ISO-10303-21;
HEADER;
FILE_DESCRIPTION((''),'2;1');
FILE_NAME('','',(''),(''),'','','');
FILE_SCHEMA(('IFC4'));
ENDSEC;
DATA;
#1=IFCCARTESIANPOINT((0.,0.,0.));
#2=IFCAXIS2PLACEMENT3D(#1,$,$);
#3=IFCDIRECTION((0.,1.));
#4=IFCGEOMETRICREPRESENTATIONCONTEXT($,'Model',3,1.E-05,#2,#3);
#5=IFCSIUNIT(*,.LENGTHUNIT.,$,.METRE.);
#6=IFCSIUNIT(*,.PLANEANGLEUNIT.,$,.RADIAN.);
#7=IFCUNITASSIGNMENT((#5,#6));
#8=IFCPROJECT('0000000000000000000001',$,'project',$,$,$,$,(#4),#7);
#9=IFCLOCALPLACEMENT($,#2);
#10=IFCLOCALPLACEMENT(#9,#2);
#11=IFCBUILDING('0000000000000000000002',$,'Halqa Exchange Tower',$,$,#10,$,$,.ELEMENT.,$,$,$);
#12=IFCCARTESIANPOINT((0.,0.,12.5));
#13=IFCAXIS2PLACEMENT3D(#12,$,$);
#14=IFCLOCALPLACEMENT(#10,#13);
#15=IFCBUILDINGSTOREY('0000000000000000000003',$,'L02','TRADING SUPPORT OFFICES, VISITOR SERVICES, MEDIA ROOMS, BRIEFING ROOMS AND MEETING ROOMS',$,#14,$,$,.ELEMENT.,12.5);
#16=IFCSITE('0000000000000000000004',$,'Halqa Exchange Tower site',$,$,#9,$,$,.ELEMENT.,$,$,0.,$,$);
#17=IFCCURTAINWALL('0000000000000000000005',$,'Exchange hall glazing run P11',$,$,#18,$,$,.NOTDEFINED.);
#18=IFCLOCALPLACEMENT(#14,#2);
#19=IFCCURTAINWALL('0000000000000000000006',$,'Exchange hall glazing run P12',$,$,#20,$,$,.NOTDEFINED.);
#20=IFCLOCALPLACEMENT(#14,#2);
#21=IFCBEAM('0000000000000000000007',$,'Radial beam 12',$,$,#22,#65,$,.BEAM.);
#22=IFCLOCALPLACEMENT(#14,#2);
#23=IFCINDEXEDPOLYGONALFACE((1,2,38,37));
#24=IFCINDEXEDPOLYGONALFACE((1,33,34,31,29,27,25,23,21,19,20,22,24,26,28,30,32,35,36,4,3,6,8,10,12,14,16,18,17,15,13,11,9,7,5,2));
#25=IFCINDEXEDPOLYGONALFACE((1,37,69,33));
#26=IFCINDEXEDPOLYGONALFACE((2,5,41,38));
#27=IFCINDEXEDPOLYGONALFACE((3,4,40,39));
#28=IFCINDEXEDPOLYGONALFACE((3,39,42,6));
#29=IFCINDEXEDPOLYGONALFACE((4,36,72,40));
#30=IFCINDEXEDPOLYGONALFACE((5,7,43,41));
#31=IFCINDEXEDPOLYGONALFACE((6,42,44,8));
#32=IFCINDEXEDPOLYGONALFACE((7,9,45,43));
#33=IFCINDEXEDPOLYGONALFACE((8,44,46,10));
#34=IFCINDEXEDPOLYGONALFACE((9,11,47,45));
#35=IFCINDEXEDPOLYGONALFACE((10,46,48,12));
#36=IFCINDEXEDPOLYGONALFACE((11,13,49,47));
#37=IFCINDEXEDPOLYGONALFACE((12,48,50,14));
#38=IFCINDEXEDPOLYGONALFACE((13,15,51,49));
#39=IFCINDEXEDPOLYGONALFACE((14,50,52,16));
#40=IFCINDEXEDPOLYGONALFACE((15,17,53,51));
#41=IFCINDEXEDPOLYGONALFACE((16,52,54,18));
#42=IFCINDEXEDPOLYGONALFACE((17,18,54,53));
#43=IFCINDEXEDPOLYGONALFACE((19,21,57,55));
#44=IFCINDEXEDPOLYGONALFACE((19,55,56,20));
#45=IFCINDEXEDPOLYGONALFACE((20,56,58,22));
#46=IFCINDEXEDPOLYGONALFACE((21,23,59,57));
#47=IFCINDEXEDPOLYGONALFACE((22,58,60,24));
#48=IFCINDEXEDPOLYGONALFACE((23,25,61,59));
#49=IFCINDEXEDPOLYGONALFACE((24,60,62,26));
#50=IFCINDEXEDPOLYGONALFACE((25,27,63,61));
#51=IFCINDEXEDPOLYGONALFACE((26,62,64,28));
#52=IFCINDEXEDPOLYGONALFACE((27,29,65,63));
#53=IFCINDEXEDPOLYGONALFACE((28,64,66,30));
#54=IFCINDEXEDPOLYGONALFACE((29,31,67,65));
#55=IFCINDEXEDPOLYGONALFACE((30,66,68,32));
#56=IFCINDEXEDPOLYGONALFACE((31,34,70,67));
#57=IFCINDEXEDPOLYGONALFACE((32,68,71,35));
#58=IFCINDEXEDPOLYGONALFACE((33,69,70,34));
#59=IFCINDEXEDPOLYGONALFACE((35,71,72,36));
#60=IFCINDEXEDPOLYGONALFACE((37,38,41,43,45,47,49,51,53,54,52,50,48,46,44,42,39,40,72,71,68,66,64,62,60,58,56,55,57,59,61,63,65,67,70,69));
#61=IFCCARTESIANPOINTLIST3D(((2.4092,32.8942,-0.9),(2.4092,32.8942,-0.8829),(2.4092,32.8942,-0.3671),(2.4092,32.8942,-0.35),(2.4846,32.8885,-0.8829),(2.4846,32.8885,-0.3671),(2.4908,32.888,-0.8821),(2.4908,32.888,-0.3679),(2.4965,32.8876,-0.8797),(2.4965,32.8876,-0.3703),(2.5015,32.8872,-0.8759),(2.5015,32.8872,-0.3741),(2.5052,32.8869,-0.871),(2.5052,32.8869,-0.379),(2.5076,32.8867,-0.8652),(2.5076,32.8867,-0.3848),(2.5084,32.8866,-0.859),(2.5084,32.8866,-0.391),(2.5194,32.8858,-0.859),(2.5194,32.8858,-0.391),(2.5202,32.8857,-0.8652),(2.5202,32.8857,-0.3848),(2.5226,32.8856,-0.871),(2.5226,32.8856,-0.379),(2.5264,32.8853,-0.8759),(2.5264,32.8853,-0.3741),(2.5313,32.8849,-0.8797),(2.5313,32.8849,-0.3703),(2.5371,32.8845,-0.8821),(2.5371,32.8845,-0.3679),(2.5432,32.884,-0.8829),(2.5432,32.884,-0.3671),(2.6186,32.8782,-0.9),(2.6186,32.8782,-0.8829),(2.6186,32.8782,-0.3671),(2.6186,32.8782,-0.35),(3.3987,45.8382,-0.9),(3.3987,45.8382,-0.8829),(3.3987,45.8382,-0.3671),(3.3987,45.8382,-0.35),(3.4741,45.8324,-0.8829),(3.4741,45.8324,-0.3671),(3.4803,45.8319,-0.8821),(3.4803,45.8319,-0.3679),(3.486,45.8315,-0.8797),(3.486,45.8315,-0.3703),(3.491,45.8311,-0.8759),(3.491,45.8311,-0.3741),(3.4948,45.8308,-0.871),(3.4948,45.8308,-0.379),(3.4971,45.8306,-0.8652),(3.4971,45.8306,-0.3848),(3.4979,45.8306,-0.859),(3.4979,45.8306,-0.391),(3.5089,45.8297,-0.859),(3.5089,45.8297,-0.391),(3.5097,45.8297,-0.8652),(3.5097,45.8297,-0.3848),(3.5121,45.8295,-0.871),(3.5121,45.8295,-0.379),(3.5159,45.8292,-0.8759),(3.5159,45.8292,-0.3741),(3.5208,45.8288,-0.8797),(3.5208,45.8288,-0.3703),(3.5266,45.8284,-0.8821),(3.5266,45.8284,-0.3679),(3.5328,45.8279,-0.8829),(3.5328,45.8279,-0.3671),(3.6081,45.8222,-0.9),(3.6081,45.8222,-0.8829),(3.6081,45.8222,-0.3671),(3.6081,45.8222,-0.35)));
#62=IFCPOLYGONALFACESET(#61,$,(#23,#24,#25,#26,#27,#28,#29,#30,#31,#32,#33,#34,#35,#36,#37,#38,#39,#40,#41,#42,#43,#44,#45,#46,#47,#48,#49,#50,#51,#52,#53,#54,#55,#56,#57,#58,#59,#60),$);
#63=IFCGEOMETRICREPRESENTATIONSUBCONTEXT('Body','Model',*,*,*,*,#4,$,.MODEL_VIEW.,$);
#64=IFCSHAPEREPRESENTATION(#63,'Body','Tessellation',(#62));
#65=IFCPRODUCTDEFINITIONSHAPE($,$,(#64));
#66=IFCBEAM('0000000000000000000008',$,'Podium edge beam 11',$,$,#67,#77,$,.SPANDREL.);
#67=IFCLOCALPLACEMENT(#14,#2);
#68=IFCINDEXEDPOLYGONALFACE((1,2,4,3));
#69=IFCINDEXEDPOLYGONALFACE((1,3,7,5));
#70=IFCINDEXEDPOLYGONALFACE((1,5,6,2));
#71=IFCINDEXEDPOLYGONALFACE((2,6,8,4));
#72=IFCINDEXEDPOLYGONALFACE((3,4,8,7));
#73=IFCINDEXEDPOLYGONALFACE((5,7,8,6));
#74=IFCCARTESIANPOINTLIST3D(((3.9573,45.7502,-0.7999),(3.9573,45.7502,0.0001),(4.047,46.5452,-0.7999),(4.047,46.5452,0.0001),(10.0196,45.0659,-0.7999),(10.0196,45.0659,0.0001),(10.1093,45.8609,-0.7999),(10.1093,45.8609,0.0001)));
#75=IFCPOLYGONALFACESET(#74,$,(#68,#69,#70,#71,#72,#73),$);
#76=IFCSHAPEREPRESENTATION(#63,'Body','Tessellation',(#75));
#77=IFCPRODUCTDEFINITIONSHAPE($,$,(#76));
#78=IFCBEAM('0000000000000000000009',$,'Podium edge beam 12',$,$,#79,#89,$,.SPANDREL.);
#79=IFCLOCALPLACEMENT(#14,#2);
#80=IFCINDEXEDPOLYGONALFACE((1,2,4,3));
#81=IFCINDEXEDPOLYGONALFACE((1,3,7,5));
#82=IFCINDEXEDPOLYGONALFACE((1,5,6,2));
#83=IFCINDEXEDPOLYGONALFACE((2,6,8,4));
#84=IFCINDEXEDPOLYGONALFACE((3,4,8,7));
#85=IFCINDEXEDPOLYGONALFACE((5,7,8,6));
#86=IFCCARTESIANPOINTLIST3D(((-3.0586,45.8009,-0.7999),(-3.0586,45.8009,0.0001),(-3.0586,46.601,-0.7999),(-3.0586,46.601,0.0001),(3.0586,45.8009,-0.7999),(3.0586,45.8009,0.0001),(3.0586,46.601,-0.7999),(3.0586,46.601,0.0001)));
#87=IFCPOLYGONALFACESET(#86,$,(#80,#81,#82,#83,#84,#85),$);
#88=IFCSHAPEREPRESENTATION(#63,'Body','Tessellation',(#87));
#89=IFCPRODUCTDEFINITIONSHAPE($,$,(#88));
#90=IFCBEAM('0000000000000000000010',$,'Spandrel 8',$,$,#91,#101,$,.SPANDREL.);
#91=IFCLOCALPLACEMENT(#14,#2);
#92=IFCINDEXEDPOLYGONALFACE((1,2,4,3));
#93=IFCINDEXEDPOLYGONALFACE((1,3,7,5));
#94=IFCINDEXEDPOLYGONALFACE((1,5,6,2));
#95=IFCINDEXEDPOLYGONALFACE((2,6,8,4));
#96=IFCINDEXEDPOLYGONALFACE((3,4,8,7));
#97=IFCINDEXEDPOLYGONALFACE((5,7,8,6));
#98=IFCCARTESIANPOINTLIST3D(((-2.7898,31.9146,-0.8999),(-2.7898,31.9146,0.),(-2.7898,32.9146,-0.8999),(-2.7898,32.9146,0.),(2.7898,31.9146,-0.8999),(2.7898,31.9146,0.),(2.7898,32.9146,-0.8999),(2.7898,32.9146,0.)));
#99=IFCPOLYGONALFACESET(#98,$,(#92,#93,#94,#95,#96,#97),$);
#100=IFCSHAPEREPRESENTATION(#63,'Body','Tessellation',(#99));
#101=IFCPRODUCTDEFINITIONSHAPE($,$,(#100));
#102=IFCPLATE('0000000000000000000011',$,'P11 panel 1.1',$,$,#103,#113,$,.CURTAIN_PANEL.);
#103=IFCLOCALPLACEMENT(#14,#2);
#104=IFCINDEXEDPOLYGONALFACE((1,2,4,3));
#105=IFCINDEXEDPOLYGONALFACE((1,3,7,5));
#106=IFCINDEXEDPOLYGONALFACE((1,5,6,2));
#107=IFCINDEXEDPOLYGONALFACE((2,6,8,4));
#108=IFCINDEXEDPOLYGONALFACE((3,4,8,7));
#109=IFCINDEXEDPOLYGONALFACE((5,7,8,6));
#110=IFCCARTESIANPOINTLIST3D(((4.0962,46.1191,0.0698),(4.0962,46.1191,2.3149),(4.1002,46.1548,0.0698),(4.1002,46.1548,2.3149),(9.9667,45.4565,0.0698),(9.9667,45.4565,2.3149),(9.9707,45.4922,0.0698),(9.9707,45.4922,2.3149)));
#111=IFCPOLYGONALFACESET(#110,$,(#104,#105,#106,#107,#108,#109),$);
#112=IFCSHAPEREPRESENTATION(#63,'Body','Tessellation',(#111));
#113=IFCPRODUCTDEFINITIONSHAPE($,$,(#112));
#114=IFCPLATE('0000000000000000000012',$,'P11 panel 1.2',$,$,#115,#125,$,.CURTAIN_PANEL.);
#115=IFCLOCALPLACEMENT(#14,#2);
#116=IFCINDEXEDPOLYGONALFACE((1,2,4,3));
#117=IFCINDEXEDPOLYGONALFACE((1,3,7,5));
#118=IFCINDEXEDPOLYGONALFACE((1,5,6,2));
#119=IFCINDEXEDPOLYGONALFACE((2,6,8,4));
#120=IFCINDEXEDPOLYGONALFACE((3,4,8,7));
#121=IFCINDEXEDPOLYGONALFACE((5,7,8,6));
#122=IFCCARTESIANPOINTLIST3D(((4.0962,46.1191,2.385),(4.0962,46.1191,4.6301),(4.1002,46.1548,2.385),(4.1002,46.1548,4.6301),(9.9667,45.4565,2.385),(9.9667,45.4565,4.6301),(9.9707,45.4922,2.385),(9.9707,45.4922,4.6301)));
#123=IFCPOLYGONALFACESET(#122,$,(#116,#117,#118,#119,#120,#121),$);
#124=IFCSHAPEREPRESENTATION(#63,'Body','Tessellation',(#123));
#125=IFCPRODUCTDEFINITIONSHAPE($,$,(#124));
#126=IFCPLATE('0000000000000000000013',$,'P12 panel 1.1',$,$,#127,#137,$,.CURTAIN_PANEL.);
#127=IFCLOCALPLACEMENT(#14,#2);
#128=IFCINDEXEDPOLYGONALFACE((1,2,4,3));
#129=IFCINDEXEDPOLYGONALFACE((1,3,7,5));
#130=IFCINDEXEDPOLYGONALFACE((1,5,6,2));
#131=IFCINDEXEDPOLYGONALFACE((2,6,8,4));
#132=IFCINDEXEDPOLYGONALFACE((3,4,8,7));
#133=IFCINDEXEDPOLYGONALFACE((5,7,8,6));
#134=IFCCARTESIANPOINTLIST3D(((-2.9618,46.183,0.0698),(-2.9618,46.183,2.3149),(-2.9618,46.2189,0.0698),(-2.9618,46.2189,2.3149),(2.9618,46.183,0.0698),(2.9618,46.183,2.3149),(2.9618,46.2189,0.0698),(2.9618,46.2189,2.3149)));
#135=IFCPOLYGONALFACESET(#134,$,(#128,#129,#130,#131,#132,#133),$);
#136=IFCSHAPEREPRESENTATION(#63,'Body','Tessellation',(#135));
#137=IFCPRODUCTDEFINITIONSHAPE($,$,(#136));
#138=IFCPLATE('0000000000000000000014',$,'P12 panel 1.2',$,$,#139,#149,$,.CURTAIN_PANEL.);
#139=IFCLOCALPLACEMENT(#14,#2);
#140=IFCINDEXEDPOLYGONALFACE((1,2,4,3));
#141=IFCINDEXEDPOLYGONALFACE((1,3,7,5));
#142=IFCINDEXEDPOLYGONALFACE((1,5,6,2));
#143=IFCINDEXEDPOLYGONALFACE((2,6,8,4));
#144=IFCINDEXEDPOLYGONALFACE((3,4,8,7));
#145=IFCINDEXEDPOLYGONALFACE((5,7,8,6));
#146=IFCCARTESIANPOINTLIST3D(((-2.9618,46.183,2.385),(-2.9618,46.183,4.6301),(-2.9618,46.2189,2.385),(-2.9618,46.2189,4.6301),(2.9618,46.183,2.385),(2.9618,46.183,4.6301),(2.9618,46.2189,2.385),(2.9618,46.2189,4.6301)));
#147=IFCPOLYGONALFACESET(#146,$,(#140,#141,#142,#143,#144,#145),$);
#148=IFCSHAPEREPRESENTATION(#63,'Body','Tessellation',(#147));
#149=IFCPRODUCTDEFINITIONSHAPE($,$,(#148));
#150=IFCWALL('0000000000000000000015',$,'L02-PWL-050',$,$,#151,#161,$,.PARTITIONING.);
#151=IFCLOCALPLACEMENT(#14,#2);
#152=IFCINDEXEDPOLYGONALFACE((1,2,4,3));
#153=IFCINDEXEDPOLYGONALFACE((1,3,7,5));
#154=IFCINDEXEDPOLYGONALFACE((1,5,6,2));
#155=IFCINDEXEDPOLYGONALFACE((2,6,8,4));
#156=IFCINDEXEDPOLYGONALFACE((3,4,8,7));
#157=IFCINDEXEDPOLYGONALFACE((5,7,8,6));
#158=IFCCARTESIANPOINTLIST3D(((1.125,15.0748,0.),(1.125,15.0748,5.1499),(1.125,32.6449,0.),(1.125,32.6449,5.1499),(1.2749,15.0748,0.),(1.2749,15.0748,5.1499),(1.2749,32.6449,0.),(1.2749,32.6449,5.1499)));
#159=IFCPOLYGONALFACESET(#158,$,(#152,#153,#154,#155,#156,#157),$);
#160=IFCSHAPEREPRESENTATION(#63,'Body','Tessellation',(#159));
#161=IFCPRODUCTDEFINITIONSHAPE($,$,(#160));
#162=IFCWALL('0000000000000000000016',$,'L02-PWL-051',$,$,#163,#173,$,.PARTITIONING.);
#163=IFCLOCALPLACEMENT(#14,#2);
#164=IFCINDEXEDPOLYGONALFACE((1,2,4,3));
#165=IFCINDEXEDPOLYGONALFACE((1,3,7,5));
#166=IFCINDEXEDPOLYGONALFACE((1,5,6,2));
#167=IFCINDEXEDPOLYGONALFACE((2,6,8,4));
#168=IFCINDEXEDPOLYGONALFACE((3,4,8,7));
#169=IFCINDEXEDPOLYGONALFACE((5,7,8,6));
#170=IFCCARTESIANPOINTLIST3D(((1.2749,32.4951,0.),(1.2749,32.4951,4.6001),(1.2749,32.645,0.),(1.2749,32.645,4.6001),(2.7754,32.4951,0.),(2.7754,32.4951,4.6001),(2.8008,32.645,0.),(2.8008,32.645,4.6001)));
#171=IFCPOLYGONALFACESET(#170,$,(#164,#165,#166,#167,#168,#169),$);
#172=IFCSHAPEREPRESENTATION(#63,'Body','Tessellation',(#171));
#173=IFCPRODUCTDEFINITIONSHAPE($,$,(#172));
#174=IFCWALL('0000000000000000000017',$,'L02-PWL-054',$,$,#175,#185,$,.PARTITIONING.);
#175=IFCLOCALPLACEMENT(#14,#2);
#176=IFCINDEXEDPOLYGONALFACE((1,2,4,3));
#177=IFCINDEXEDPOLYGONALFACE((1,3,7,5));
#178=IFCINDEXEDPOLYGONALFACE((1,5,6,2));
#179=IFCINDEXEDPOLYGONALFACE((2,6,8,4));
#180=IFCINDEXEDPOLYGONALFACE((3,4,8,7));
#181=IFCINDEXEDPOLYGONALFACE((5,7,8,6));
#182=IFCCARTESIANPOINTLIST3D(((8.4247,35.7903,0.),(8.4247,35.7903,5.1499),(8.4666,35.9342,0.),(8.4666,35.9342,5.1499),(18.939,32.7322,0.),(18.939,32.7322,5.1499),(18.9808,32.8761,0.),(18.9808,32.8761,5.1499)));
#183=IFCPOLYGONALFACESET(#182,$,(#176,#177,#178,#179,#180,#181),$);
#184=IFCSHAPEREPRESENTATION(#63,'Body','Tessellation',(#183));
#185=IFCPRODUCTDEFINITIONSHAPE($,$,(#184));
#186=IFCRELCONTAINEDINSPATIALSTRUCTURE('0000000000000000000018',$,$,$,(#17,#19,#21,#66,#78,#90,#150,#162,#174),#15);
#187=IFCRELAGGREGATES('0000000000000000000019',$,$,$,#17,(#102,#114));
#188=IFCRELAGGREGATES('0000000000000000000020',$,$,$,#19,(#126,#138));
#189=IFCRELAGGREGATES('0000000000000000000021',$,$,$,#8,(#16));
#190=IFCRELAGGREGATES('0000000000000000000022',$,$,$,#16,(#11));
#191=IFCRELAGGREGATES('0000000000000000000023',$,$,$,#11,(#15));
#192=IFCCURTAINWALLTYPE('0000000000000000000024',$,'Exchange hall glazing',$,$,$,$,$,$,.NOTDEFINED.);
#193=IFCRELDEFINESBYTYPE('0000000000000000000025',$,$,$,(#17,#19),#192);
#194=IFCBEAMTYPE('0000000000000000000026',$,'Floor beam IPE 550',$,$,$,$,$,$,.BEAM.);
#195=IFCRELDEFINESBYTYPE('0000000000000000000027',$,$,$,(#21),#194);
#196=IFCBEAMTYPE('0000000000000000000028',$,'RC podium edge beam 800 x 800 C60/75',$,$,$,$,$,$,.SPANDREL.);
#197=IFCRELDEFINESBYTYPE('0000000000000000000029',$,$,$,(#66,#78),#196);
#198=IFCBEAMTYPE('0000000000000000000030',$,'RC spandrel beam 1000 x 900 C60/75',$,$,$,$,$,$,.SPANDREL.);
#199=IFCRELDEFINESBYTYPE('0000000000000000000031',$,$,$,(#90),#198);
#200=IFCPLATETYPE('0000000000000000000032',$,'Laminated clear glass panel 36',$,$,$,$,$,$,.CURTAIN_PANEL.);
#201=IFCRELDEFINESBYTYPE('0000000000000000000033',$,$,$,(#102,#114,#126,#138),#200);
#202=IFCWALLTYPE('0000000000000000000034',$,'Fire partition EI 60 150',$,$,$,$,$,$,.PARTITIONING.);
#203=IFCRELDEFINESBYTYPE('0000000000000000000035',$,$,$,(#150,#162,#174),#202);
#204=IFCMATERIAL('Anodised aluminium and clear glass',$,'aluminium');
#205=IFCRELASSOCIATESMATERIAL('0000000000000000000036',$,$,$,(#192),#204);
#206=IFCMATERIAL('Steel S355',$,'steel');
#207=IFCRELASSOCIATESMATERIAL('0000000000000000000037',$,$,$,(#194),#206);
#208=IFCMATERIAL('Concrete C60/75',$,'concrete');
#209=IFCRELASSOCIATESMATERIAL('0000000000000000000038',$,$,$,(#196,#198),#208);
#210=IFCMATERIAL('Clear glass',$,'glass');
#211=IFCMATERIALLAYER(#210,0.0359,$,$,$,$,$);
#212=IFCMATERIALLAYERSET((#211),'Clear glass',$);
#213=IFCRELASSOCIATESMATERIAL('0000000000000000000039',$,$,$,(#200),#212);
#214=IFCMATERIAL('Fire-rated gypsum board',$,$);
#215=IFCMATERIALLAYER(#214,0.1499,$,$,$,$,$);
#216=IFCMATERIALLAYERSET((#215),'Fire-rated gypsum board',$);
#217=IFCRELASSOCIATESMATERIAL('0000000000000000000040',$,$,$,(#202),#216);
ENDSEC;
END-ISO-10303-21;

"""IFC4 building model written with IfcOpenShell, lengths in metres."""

from ifc_helpers import new_model, si_unit, direction, frame, frame_2d, origin, origin_2d, place, context, subcontext, project, spatial, polyline, rectangle, i_section, outline, extrude, material, layer, layer_set, material_profile, profile_set, type_object, element, aggregate, save


model = new_model("IFC4")

# Units and contexts
model_context = context("Model", 3, precision=1e-05, world=origin(), true_north=direction((0.0, 1.0)))
body_context = subcontext(model_context, "Body", "Model", "MODEL_VIEW")
ifc_project = project(units=[si_unit("LENGTHUNIT", "METRE"), si_unit("PLANEANGLEUNIT", "RADIAN")], contexts=[model_context])

# Site, building, storey
site_placement = place(None, origin())
site = spatial("IfcSite", under=ifc_project, at=site_placement, Name="Halqa Exchange Tower site", CompositionType="ELEMENT", RefElevation=0.0)
building_placement = place(site_placement, origin())
building = spatial("IfcBuilding", under=site, at=building_placement, Name="Halqa Exchange Tower", CompositionType="ELEMENT")
storey_placement = place(building_placement, frame((0.0, 0.0, 12.5)))
storey = spatial("IfcBuildingStorey", under=building, at=storey_placement, Name="L02", Description="TRADING SUPPORT OFFICES, VISITOR SERVICES, MEDIA ROOMS, BRIEFING ROOMS AND MEETING ROOMS", CompositionType="ELEMENT", Elevation=12.5)

# Shared definitions
ifc_material_1 = material(Name="Concrete C60/75", Category="concrete")

# Curtain wall
ifc_material_2 = material(Name="Anodised aluminium and clear glass", Category="aluminium")
curtain_wall_type = type_object("IfcCurtainWallType", Name="Exchange hall glazing", PredefinedType="NOTDEFINED", material=ifc_material_2)
curtain_wall_1_placement = place(storey_placement, origin())
curtain_wall_1 = element("IfcCurtainWall", 1, at=curtain_wall_1_placement, inside=storey, type_object=curtain_wall_type, Name="Exchange hall glazing run P11", PredefinedType="NOTDEFINED")

# Curtain wall
curtain_wall_2_placement = place(storey_placement, origin())
curtain_wall_2 = element("IfcCurtainWall", 2, at=curtain_wall_2_placement, inside=storey, type_object=curtain_wall_type, Name="Exchange hall glazing run P12", PredefinedType="NOTDEFINED")

# Beams
ifc_material_3 = material(Name="Steel S355", Category="steel")
ifc_material_profile_1 = material_profile(ifc_material_3, i_section(OverallWidth=0.21, OverallDepth=0.55, WebThickness=0.011, FlangeThickness=0.0171, FilletRadius=0.0239, at=origin_2d()), Name="IPE 550")
ifc_profile_set_1 = profile_set([ifc_material_profile_1], Name="Steel S355")
beam_type_1 = type_object("IfcBeamType", Name="Floor beam IPE 550", PredefinedType="BEAM", material=ifc_profile_set_1)
beam_1_placement = place(storey_placement, frame((2.5139, 32.8862, -0.625), z_axis=(0.076223, 0.997091, 0.0), x_axis=(-0.997091, 0.076223, 0.0)))
element("IfcBeam", 3, at=beam_1_placement, inside=storey, type_object=beam_type_1, Name="Radial beam 12", PredefinedType="BEAM", context=body_context, shape_type="SweptSolid", body=[
    extrude(i_section(OverallWidth=0.21, OverallDepth=0.55, WebThickness=0.011, FlangeThickness=0.0171, FilletRadius=0.0239, at=origin_2d()), origin(), (0.0, 0.0, 1.0), 12.9817),
])
ifc_material_profile_2 = material_profile(ifc_material_1, rectangle(XDim=0.8, YDim=0.8, at=origin_2d()), Name="800 x 800")
ifc_profile_set_2 = profile_set([ifc_material_profile_2], Name="Concrete C60/75")
beam_type_2 = type_object("IfcBeamType", Name="RC podium edge beam 800 x 800 C60/75", PredefinedType="SPANDREL", material=ifc_profile_set_2)
beam_2_placement = place(storey_placement, frame((10.0645, 45.4634, -0.3999), z_axis=(-0.993689, 0.112171, 0.0), x_axis=(-0.112171, -0.993689, 0.0)))
element("IfcBeam", 4, at=beam_2_placement, inside=storey, type_object=beam_type_2, Name="Podium edge beam 11", PredefinedType="SPANDREL", context=body_context, shape_type="SweptSolid", body=[
    extrude(rectangle(XDim=0.8, YDim=0.8, at=origin_2d()), origin(), (0.0, 0.0, 1.0), 6.1008),
])
beam_3_placement = place(storey_placement, frame((3.0586, 46.2009, -0.3999), z_axis=(-1.0, 0.0, 0.0), x_axis=(0.0, -1.0, 0.0)))
element("IfcBeam", 5, at=beam_3_placement, inside=storey, type_object=beam_type_2, Name="Podium edge beam 12", PredefinedType="SPANDREL", context=body_context, shape_type="SweptSolid", body=[
    extrude(rectangle(XDim=0.8, YDim=0.8, at=origin_2d()), origin(), (0.0, 0.0, 1.0), 6.1172),
])
ifc_material_profile_3 = material_profile(ifc_material_1, rectangle(XDim=1.0, YDim=0.8999, at=origin_2d()), Name="1000 x 900")
ifc_profile_set_3 = profile_set([ifc_material_profile_3], Name="Concrete C60/75")
beam_type_3 = type_object("IfcBeamType", Name="RC spandrel beam 1000 x 900 C60/75", PredefinedType="SPANDREL", material=ifc_profile_set_3)
beam_4_placement = place(storey_placement, frame((2.7898, 32.4146, -0.45), z_axis=(-1.0, 0.0, 0.0), x_axis=(0.0, -1.0, 0.0)))
element("IfcBeam", 6, at=beam_4_placement, inside=storey, type_object=beam_type_3, Name="Spandrel 8", PredefinedType="SPANDREL", context=body_context, shape_type="SweptSolid", body=[
    extrude(rectangle(XDim=1.0, YDim=0.8999, at=origin_2d()), origin(), (0.0, 0.0, 1.0), 5.5796),
])

# Plates
ifc_material_4 = material(Name="Clear glass", Category="glass")
ifc_layer_1 = layer(ifc_material_4, 0.0359)
ifc_layer_set_1 = layer_set([ifc_layer_1], Name="Clear glass")
plate_type = type_object("IfcPlateType", Name="Laminated clear glass panel 36", PredefinedType="CURTAIN_PANEL", material=ifc_layer_set_1)
plate_1_placement = place(storey_placement, frame((7.0334, 45.8057, 0.0698), z_axis=(0.0, 0.0, 1.0), x_axis=(-0.99369, 0.112159, 0.0)))
plate_1 = element("IfcPlate", 7, at=plate_1_placement, type_object=plate_type, Name="P11 panel 1.1", PredefinedType="CURTAIN_PANEL", context=body_context, shape_type="SweptSolid", body=[
    extrude(rectangle(XDim=5.9077, YDim=0.0359, at=origin_2d()), origin(), (0.0, 0.0, 1.0), 2.2451),
])
plate_2_placement = place(storey_placement, frame((7.0334, 45.8057, 2.385), z_axis=(0.0, 0.0, 1.0), x_axis=(-0.99369, 0.112159, 0.0)))
plate_2 = element("IfcPlate", 8, at=plate_2_placement, type_object=plate_type, Name="P11 panel 1.2", PredefinedType="CURTAIN_PANEL", context=body_context, shape_type="SweptSolid", body=[
    extrude(rectangle(XDim=5.9077, YDim=0.0359, at=origin_2d()), origin(), (0.0, 0.0, 1.0), 2.2451),
])
aggregate(curtain_wall_1, [plate_1, plate_2])
plate_3_placement = place(storey_placement, frame((0.0, 46.2009, 0.0698), z_axis=(0.0, 0.0, 1.0), x_axis=(-1.0, 0.0, 0.0)))
plate_3 = element("IfcPlate", 9, at=plate_3_placement, type_object=plate_type, Name="P12 panel 1.1", PredefinedType="CURTAIN_PANEL", context=body_context, shape_type="SweptSolid", body=[
    extrude(rectangle(XDim=5.9236, YDim=0.0359, at=origin_2d()), origin(), (0.0, 0.0, 1.0), 2.2451),
])
plate_4_placement = place(storey_placement, frame((0.0, 46.2009, 2.385), z_axis=(0.0, 0.0, 1.0), x_axis=(-1.0, 0.0, 0.0)))
plate_4 = element("IfcPlate", 10, at=plate_4_placement, type_object=plate_type, Name="P12 panel 1.2", PredefinedType="CURTAIN_PANEL", context=body_context, shape_type="SweptSolid", body=[
    extrude(rectangle(XDim=5.9236, YDim=0.0359, at=origin_2d()), origin(), (0.0, 0.0, 1.0), 2.2451),
])
aggregate(curtain_wall_2, [plate_3, plate_4])

# Walls
ifc_material_5 = material(Name="Fire-rated gypsum board")
ifc_layer_2 = layer(ifc_material_5, 0.1499)
ifc_layer_set_2 = layer_set([ifc_layer_2], Name="Fire-rated gypsum board")
wall_type_1 = type_object("IfcWallType", Name="Fire partition EI 60 150", PredefinedType="PARTITIONING", material=ifc_layer_set_2)
wall_1_placement = place(storey_placement, frame((1.2, 32.645, 0.0), z_axis=(0.0, 0.0, 1.0), x_axis=(0.0, -1.0, 0.0)))
element("IfcWall", 11, at=wall_1_placement, inside=storey, type_object=wall_type_1, Name="L02-PWL-050", PredefinedType="PARTITIONING", context=body_context, shape_type="SweptSolid", body=[
    extrude(rectangle(XDim=17.5701, YDim=0.1499, at=frame_2d((8.7852, 0.0))), origin(), (0.0, 0.0, 1.0), 5.1499),
])
wall_2_placement = place(storey_placement, frame((2.7881, 32.5701, 0.0), z_axis=(0.0, 0.0, 1.0), x_axis=(-1.0, 0.0, 0.0)))
element("IfcWall", 12, at=wall_2_placement, inside=storey, type_object=wall_type_1, Name="L02-PWL-051", PredefinedType="PARTITIONING", context=body_context, shape_type="SweptSolid", body=[
    extrude(outline(polyline([(-0.0127, -0.075), (1.5132, -0.075), (1.5132, 0.075), (0.0127, 0.075), (-0.0127, -0.075)])), origin(), (0.0, 0.0, 1.0), 4.6001),
])
wall_3_placement = place(storey_placement, frame((8.4456, 35.8623, 0.0), z_axis=(0.0, 0.0, 1.0), x_axis=(0.960209, -0.279282, 0.0)))
element("IfcWall", 13, at=wall_3_placement, inside=storey, type_object=wall_type_1, Name="L02-PWL-054", PredefinedType="PARTITIONING", context=body_context, shape_type="SweptSolid", body=[
    extrude(rectangle(XDim=10.95, YDim=0.1499, at=frame_2d((5.4751, 0.0))), origin(), (0.0, 0.0, 1.0), 5.1499),
])

save(model, "model.ifc")
